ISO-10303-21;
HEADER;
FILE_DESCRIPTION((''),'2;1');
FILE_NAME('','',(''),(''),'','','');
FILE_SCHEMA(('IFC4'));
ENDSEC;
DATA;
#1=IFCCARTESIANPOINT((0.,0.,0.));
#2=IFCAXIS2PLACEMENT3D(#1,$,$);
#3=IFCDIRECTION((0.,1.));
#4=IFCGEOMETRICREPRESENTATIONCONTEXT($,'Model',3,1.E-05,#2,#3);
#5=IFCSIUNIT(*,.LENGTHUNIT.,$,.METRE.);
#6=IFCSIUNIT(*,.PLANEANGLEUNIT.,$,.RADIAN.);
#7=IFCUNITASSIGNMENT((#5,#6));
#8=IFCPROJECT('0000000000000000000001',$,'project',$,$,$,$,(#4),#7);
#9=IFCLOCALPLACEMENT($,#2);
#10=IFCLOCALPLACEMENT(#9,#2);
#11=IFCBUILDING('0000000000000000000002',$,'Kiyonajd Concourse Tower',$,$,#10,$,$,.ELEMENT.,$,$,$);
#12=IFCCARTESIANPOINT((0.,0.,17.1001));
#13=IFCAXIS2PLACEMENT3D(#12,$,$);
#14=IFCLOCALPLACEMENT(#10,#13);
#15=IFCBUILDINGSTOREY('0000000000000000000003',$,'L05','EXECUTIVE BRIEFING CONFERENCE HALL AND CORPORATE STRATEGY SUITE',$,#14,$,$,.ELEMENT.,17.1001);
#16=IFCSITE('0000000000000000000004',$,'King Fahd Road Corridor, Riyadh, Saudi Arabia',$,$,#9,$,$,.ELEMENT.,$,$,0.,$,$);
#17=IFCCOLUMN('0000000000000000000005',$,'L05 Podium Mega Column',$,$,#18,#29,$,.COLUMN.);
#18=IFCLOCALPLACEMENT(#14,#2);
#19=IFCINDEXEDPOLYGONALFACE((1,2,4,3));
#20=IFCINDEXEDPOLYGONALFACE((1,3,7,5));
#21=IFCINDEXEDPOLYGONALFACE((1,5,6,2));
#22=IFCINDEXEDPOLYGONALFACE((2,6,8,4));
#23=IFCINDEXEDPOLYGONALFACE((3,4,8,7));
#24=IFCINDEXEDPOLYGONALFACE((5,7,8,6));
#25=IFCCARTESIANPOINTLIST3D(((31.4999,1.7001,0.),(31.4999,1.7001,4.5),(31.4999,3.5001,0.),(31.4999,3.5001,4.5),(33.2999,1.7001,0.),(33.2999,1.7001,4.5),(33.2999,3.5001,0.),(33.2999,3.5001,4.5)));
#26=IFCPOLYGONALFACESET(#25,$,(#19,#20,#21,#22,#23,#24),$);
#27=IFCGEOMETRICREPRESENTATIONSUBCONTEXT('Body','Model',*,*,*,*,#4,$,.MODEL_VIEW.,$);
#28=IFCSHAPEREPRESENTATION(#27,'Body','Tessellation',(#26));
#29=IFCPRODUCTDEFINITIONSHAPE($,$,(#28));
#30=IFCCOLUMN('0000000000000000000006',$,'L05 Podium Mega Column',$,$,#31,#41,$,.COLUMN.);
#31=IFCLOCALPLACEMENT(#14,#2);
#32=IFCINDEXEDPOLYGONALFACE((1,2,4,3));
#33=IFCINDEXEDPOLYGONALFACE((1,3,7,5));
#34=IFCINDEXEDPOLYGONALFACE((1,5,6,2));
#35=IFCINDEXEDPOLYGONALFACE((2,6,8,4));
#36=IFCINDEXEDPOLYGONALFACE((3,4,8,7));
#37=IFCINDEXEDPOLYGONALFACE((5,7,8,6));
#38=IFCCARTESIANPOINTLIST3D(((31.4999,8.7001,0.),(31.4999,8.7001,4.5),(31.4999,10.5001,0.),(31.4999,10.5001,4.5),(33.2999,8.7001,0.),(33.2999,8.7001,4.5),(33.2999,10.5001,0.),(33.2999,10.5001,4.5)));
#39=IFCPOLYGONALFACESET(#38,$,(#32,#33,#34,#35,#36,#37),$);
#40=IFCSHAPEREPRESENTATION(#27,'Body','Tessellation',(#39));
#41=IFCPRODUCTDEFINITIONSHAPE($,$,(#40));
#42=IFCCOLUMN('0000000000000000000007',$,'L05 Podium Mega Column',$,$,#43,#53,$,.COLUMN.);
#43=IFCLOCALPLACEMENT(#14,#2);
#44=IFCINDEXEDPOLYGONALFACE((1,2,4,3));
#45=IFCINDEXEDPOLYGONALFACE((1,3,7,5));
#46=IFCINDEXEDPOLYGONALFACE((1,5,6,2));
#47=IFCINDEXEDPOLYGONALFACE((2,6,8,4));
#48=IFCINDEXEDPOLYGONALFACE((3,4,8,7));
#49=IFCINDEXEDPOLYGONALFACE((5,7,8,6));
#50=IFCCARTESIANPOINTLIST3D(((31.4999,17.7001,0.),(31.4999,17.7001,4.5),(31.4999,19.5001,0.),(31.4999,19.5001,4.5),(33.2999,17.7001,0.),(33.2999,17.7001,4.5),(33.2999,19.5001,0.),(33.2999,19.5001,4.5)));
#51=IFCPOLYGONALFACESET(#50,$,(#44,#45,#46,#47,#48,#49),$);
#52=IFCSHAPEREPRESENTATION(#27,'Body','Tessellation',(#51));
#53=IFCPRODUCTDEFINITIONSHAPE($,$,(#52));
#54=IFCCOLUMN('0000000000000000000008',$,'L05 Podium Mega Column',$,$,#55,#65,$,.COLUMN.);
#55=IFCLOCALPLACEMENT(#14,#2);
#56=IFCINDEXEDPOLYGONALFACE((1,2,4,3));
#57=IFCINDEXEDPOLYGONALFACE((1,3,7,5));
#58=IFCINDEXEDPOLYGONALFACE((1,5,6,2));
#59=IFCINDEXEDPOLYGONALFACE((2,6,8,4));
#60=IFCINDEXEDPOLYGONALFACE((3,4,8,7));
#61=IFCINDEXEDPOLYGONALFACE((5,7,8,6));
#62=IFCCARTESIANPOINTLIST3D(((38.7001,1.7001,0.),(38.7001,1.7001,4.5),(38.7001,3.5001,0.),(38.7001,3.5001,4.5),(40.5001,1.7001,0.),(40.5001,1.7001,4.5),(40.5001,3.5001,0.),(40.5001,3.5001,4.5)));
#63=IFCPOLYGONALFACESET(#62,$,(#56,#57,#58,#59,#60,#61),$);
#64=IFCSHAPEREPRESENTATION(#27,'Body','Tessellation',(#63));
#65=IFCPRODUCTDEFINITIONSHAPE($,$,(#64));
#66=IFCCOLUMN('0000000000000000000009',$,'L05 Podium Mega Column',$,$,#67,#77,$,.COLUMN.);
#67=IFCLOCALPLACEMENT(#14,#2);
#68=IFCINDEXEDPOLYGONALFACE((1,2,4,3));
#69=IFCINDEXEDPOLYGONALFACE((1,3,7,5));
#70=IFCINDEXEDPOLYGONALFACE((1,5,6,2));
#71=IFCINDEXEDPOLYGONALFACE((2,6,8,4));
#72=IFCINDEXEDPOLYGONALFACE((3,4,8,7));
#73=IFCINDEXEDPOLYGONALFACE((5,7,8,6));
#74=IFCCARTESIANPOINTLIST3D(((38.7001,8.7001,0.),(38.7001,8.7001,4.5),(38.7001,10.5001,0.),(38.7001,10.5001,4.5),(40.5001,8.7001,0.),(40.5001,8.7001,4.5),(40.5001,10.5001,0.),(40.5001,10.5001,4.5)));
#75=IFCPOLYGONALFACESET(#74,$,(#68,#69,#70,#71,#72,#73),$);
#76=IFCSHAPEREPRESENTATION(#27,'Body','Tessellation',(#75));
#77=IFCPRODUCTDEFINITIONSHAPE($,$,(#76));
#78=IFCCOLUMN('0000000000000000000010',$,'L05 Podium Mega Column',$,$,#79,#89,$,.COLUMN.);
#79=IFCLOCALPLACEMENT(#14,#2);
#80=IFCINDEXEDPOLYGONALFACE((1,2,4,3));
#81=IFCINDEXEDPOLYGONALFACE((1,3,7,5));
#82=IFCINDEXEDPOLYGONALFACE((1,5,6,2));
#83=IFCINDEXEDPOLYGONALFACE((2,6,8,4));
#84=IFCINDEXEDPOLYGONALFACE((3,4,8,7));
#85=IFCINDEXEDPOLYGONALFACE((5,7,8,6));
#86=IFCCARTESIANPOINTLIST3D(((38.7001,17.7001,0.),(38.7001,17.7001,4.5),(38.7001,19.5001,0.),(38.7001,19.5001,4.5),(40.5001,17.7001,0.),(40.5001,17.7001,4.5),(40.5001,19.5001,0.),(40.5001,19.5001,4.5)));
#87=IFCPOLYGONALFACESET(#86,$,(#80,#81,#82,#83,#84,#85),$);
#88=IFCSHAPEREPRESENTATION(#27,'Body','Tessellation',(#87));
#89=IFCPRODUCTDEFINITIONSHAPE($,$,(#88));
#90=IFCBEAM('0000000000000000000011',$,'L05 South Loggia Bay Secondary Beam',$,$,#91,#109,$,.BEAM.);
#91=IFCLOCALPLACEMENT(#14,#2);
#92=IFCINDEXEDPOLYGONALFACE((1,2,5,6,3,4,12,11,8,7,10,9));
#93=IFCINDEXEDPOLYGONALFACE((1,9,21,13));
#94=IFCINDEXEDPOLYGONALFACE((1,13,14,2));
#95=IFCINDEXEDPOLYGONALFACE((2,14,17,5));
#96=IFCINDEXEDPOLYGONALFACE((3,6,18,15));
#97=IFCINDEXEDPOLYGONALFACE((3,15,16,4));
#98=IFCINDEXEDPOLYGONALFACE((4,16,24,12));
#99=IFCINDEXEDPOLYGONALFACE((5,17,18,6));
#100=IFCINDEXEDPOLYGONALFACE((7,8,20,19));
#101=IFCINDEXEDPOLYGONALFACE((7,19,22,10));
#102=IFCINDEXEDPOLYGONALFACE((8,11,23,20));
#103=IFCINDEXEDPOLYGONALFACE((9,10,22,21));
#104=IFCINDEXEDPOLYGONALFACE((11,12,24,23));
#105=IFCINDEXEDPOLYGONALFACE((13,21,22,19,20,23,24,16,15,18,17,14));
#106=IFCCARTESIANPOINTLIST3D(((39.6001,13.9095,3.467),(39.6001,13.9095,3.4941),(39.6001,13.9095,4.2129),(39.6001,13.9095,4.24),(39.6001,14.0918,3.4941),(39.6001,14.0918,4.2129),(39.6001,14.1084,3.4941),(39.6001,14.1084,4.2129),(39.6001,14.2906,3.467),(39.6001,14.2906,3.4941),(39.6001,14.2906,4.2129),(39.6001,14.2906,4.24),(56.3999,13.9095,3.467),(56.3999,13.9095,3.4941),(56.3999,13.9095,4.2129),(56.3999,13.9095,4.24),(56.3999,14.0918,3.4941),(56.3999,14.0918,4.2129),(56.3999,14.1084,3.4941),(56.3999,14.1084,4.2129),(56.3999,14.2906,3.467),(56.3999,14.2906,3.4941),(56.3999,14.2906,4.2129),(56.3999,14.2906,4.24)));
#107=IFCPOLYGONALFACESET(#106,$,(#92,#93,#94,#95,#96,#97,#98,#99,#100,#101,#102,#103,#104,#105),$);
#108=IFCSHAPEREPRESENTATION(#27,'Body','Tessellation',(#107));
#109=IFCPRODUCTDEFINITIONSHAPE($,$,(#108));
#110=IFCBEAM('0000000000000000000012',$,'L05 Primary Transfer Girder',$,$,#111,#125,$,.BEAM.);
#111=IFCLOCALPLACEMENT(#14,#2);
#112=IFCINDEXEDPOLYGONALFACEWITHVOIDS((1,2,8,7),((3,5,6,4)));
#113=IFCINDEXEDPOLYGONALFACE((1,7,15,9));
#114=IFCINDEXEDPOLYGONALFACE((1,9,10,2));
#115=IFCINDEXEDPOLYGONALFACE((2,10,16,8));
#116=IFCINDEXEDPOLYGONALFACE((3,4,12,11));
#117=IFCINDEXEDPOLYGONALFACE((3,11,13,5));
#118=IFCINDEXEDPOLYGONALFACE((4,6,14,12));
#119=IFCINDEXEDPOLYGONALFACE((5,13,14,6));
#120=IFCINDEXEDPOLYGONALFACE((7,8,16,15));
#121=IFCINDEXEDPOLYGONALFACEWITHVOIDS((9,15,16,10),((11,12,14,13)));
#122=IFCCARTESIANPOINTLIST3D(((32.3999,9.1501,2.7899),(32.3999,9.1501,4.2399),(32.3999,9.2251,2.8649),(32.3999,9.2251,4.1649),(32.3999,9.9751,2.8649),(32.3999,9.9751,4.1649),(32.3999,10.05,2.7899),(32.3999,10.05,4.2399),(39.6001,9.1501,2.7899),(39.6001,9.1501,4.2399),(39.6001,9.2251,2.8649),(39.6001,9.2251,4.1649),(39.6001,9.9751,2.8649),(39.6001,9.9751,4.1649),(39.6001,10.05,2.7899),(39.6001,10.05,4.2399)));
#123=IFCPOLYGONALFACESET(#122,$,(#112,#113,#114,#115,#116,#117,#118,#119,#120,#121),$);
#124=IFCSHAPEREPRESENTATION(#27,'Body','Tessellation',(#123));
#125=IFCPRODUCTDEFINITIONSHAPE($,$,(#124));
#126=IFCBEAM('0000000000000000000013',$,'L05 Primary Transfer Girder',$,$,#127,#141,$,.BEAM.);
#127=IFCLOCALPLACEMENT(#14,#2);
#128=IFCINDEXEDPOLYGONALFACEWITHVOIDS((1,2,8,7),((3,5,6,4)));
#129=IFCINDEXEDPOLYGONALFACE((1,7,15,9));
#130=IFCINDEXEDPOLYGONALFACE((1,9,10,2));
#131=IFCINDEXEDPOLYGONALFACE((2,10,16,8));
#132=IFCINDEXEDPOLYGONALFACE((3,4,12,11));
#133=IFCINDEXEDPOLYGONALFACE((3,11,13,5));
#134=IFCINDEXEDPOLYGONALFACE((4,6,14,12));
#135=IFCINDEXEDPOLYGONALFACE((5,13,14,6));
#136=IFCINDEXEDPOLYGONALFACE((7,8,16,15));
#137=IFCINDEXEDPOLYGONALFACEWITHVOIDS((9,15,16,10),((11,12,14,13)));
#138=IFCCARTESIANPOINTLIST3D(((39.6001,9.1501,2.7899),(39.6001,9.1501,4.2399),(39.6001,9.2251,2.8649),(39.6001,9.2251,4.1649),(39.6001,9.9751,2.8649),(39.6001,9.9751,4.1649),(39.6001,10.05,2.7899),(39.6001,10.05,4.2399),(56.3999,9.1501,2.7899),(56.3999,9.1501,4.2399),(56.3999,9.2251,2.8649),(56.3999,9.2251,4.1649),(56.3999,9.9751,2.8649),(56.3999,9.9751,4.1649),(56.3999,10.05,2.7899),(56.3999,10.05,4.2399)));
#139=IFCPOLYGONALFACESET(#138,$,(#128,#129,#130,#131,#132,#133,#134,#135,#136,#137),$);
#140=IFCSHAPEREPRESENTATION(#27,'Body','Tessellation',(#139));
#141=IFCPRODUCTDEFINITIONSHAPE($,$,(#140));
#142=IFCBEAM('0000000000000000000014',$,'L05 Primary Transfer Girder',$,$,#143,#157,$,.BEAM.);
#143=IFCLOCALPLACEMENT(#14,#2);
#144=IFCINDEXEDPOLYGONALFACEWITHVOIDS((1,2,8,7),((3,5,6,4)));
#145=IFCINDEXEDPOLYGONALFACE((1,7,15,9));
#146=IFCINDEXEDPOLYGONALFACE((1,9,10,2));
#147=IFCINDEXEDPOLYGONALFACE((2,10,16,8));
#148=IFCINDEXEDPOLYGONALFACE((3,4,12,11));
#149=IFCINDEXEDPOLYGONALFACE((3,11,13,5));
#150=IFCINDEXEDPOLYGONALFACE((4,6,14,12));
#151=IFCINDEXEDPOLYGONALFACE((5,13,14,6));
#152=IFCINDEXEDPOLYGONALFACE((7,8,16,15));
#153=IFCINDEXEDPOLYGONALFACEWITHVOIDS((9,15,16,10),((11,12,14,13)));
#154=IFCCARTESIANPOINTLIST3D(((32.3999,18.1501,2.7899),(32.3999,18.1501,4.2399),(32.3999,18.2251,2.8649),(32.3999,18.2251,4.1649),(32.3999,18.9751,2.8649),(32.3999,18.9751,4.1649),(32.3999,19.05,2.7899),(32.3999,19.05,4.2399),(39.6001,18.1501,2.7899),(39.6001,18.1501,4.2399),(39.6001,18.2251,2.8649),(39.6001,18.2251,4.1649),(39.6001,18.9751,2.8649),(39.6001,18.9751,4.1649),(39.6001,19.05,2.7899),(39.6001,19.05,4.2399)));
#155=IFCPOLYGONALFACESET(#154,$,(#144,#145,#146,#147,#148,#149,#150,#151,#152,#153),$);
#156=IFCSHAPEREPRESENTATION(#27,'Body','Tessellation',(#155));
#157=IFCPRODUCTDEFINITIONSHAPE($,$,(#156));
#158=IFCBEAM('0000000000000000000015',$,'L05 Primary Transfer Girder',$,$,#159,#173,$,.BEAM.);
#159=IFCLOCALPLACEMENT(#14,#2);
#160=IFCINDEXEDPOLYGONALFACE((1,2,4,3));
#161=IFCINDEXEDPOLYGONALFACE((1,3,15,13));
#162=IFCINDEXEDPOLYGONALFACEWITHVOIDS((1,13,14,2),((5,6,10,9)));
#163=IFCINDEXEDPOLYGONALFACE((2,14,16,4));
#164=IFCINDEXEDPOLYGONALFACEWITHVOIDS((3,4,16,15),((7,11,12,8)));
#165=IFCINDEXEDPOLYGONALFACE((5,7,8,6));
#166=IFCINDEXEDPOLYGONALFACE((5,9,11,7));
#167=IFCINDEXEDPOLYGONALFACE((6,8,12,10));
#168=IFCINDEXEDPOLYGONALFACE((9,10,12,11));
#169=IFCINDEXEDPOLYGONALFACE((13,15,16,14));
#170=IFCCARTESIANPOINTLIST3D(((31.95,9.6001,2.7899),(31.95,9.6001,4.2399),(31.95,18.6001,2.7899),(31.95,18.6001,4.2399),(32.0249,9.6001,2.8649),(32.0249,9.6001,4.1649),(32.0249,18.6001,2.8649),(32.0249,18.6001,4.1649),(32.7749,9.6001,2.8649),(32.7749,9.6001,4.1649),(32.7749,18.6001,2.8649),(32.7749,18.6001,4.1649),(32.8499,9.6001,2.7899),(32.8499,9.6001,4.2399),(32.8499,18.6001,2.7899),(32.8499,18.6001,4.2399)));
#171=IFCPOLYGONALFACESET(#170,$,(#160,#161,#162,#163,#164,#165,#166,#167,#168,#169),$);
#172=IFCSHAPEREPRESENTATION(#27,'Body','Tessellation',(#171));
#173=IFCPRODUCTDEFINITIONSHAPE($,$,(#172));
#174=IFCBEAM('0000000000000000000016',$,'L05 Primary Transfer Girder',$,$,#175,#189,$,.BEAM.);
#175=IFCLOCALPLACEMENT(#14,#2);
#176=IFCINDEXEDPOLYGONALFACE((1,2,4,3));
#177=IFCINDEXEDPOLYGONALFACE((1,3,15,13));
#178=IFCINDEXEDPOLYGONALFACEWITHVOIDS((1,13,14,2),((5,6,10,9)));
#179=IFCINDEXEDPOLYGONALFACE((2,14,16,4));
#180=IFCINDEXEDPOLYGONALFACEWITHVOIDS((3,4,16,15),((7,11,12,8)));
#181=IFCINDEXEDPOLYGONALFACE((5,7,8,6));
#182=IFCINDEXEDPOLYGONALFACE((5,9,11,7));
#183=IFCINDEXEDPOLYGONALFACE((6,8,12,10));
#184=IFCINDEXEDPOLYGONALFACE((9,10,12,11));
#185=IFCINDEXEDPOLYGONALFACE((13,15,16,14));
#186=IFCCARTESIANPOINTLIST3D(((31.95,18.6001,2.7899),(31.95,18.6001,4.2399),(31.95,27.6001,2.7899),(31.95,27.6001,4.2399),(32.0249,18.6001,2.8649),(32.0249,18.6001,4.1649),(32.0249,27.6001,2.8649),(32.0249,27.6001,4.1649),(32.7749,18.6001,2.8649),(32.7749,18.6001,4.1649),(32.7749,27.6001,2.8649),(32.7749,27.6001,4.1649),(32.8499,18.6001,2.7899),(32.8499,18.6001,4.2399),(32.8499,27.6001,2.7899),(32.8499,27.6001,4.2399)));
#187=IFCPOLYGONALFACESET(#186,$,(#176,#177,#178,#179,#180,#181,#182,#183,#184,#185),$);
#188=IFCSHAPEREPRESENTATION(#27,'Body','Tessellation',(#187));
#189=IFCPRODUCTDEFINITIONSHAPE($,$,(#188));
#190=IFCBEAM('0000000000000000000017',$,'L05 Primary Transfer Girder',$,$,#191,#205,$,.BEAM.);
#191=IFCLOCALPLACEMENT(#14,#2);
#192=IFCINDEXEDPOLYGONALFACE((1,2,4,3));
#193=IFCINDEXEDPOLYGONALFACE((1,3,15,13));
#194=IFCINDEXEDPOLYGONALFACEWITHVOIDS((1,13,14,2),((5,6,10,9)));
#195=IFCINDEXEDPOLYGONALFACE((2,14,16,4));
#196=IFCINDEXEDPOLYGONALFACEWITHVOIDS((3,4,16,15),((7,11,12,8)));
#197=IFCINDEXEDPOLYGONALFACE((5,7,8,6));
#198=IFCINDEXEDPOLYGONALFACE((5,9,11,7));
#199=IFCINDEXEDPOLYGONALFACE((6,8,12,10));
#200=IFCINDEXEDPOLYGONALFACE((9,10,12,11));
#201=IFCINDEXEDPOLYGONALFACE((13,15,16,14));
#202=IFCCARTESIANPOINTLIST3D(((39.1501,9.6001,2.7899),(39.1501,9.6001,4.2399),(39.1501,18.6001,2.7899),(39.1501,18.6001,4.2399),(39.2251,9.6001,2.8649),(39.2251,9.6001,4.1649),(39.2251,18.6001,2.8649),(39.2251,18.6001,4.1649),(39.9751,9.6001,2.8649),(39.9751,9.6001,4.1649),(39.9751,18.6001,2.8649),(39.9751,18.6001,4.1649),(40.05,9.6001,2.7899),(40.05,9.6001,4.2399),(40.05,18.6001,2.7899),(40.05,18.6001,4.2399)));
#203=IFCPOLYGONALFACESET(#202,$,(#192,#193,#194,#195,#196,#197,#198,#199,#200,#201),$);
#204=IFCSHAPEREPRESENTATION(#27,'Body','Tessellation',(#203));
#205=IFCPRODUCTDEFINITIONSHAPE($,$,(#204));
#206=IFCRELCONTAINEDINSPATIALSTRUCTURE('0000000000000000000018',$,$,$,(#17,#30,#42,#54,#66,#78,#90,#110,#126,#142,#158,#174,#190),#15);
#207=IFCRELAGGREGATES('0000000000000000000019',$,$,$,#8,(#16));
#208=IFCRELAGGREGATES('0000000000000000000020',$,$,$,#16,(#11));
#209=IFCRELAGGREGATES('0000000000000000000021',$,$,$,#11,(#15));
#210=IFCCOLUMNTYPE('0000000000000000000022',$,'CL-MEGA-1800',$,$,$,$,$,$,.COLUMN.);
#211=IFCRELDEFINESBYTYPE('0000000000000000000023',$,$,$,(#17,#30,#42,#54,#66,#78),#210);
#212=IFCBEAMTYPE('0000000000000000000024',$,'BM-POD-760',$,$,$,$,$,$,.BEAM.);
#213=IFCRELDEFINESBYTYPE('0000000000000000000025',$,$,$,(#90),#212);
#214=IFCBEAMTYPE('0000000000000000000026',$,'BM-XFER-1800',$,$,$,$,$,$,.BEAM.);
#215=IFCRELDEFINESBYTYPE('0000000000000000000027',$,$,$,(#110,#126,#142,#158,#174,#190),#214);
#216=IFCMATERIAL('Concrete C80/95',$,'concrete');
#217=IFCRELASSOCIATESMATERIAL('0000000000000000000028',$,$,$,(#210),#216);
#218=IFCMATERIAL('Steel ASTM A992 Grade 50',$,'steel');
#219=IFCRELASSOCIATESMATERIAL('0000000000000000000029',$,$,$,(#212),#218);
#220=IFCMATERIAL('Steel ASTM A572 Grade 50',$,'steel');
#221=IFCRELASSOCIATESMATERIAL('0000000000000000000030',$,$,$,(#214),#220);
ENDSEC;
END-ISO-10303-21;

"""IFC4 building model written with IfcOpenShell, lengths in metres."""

from ifc_helpers import new_model, si_unit, direction, frame, origin, origin_2d, place, context, subcontext, project, spatial, rectangle, hollow_rectangle, i_section, extrude, material, material_profile, profile_set, type_object, element, save


model = new_model("IFC4")

# Units and contexts
model_context = context("Model", 3, precision=1e-05, world=origin(), true_north=direction((0.0, 1.0)))
body_context = subcontext(model_context, "Body", "Model", "MODEL_VIEW")
ifc_project = project(units=[si_unit("LENGTHUNIT", "METRE"), si_unit("PLANEANGLEUNIT", "RADIAN")], contexts=[model_context])

# Site, building, storey
site_placement = place(None, origin())
site = spatial("IfcSite", under=ifc_project, at=site_placement, Name="King Fahd Road Corridor, Riyadh, Saudi Arabia", CompositionType="ELEMENT", RefElevation=0.0)
building_placement = place(site_placement, origin())
building = spatial("IfcBuilding", under=site, at=building_placement, Name="Kiyonajd Concourse Tower", CompositionType="ELEMENT")
storey_placement = place(building_placement, frame((0.0, 0.0, 17.1001)))
storey = spatial("IfcBuildingStorey", under=building, at=storey_placement, Name="L05", Description="EXECUTIVE BRIEFING CONFERENCE HALL AND CORPORATE STRATEGY SUITE", CompositionType="ELEMENT", Elevation=17.1001)

# Columns
ifc_material_1 = material(Name="Concrete C80/95", Category="concrete")
ifc_material_profile_1 = material_profile(ifc_material_1, rectangle(XDim=1.8, YDim=1.8, at=origin_2d()), Name="RC-1800x1800")
ifc_profile_set_1 = profile_set([ifc_material_profile_1], Name="Concrete C80/95")
column_type = type_object("IfcColumnType", Name="CL-MEGA-1800", PredefinedType="COLUMN", material=ifc_profile_set_1)
for number, where, z_axis, x_axis, name in (
    (1, (32.3999, 2.6001, 0.0), (0.0, 0.0, 1.0), (1.0, 0.0, 0.0), "L05 Podium Mega Column"),
    (2, (32.3999, 9.6001, 0.0), (0.0, 0.0, 1.0), (1.0, 0.0, 0.0), "L05 Podium Mega Column"),
    (3, (32.3999, 18.6001, 0.0), (0.0, 0.0, 1.0), (1.0, 0.0, 0.0), "L05 Podium Mega Column"),
    (4, (39.6001, 2.6001, 0.0), (0.0, 0.0, 1.0), (1.0, 0.0, 0.0), "L05 Podium Mega Column"),
    (5, (39.6001, 9.6001, 0.0), (0.0, 0.0, 1.0), (1.0, 0.0, 0.0), "L05 Podium Mega Column"),
    (6, (39.6001, 18.6001, 0.0), (0.0, 0.0, 1.0), (1.0, 0.0, 0.0), "L05 Podium Mega Column"),
):
    element("IfcColumn", number, at=place(storey_placement, frame(where, z_axis=z_axis, x_axis=x_axis)), inside=storey, type_object=column_type, Name=name, PredefinedType="COLUMN", context=body_context, shape_type="SweptSolid", body=[
        extrude(rectangle(XDim=1.8, YDim=1.8, at=origin_2d()), origin(), (0.0, 0.0, 1.0), 4.5),
    ])

# Beams
ifc_material_2 = material(Name="Steel ASTM A992 Grade 50", Category="steel")
ifc_material_profile_2 = material_profile(ifc_material_2, i_section(OverallWidth=0.3811, OverallDepth=0.7729, WebThickness=0.0166, FlangeThickness=0.0271, at=origin_2d()), Name="W760X257")
ifc_profile_set_2 = profile_set([ifc_material_profile_2], Name="Steel ASTM A992 Grade 50")
beam_type_1 = type_object("IfcBeamType", Name="BM-POD-760", PredefinedType="BEAM", material=ifc_profile_set_2)
beam_1_placement = place(storey_placement, frame((39.6001, 14.1001, 3.8535), z_axis=(1.0, 0.0, 0.0), x_axis=(0.0, 1.0, 0.0)))
element("IfcBeam", 7, at=beam_1_placement, inside=storey, type_object=beam_type_1, Name="L05 South Loggia Bay Secondary Beam", PredefinedType="BEAM", context=body_context, shape_type="SweptSolid", body=[
    extrude(i_section(OverallWidth=0.3811, OverallDepth=0.7729, WebThickness=0.0166, FlangeThickness=0.0271, at=origin_2d()), origin(), (0.0, 0.0, 1.0), 16.7998),
])
ifc_material_3 = material(Name="Steel ASTM A572 Grade 50", Category="steel")
ifc_material_profile_3 = material_profile(ifc_material_3, hollow_rectangle(XDim=0.8999, YDim=1.45, WallThickness=0.075, at=origin_2d()), Name="BOX-1450x900x75")
ifc_profile_set_3 = profile_set([ifc_material_profile_3], Name="Steel ASTM A572 Grade 50")
beam_type_2 = type_object("IfcBeamType", Name="BM-XFER-1800", PredefinedType="BEAM", material=ifc_profile_set_3)
beam_2_placement = place(storey_placement, frame((32.3999, 9.6001, 3.5149), z_axis=(1.0, 0.0, 0.0), x_axis=(0.0, 1.0, 0.0)))
element("IfcBeam", 8, at=beam_2_placement, inside=storey, type_object=beam_type_2, Name="L05 Primary Transfer Girder", PredefinedType="BEAM", context=body_context, shape_type="SweptSolid", body=[
    extrude(hollow_rectangle(XDim=0.8999, YDim=1.45, WallThickness=0.075, at=origin_2d()), origin(), (0.0, 0.0, 1.0), 7.2002),
])
beam_3_placement = place(storey_placement, frame((39.6001, 9.6001, 3.5149), z_axis=(1.0, 0.0, 0.0), x_axis=(0.0, 1.0, 0.0)))
element("IfcBeam", 9, at=beam_3_placement, inside=storey, type_object=beam_type_2, Name="L05 Primary Transfer Girder", PredefinedType="BEAM", context=body_context, shape_type="SweptSolid", body=[
    extrude(hollow_rectangle(XDim=0.8999, YDim=1.45, WallThickness=0.075, at=origin_2d()), origin(), (0.0, 0.0, 1.0), 16.7998),
])
beam_4_placement = place(storey_placement, frame((32.3999, 18.6001, 3.5149), z_axis=(1.0, 0.0, 0.0), x_axis=(0.0, 1.0, 0.0)))
element("IfcBeam", 10, at=beam_4_placement, inside=storey, type_object=beam_type_2, Name="L05 Primary Transfer Girder", PredefinedType="BEAM", context=body_context, shape_type="SweptSolid", body=[
    extrude(hollow_rectangle(XDim=0.8999, YDim=1.45, WallThickness=0.075, at=origin_2d()), origin(), (0.0, 0.0, 1.0), 7.2002),
])
for number, where, z_axis, x_axis, name in (
    (11, (32.3999, 9.6001, 3.5149), (0.0, 1.0, 0.0), (-1.0, 0.0, 0.0), "L05 Primary Transfer Girder"),
    (12, (32.3999, 18.6001, 3.5149), (0.0, 1.0, 0.0), (-1.0, 0.0, 0.0), "L05 Primary Transfer Girder"),
    (13, (39.6001, 9.6001, 3.5149), (0.0, 1.0, 0.0), (-1.0, 0.0, 0.0), "L05 Primary Transfer Girder"),
):
    element("IfcBeam", number, at=place(storey_placement, frame(where, z_axis=z_axis, x_axis=x_axis)), inside=storey, type_object=beam_type_2, Name=name, PredefinedType="BEAM", context=body_context, shape_type="SweptSolid", body=[
        extrude(hollow_rectangle(XDim=0.8999, YDim=1.45, WallThickness=0.075, at=origin_2d()), origin(), (0.0, 0.0, 1.0), 9.0),
    ])

save(model, "model.ifc")
